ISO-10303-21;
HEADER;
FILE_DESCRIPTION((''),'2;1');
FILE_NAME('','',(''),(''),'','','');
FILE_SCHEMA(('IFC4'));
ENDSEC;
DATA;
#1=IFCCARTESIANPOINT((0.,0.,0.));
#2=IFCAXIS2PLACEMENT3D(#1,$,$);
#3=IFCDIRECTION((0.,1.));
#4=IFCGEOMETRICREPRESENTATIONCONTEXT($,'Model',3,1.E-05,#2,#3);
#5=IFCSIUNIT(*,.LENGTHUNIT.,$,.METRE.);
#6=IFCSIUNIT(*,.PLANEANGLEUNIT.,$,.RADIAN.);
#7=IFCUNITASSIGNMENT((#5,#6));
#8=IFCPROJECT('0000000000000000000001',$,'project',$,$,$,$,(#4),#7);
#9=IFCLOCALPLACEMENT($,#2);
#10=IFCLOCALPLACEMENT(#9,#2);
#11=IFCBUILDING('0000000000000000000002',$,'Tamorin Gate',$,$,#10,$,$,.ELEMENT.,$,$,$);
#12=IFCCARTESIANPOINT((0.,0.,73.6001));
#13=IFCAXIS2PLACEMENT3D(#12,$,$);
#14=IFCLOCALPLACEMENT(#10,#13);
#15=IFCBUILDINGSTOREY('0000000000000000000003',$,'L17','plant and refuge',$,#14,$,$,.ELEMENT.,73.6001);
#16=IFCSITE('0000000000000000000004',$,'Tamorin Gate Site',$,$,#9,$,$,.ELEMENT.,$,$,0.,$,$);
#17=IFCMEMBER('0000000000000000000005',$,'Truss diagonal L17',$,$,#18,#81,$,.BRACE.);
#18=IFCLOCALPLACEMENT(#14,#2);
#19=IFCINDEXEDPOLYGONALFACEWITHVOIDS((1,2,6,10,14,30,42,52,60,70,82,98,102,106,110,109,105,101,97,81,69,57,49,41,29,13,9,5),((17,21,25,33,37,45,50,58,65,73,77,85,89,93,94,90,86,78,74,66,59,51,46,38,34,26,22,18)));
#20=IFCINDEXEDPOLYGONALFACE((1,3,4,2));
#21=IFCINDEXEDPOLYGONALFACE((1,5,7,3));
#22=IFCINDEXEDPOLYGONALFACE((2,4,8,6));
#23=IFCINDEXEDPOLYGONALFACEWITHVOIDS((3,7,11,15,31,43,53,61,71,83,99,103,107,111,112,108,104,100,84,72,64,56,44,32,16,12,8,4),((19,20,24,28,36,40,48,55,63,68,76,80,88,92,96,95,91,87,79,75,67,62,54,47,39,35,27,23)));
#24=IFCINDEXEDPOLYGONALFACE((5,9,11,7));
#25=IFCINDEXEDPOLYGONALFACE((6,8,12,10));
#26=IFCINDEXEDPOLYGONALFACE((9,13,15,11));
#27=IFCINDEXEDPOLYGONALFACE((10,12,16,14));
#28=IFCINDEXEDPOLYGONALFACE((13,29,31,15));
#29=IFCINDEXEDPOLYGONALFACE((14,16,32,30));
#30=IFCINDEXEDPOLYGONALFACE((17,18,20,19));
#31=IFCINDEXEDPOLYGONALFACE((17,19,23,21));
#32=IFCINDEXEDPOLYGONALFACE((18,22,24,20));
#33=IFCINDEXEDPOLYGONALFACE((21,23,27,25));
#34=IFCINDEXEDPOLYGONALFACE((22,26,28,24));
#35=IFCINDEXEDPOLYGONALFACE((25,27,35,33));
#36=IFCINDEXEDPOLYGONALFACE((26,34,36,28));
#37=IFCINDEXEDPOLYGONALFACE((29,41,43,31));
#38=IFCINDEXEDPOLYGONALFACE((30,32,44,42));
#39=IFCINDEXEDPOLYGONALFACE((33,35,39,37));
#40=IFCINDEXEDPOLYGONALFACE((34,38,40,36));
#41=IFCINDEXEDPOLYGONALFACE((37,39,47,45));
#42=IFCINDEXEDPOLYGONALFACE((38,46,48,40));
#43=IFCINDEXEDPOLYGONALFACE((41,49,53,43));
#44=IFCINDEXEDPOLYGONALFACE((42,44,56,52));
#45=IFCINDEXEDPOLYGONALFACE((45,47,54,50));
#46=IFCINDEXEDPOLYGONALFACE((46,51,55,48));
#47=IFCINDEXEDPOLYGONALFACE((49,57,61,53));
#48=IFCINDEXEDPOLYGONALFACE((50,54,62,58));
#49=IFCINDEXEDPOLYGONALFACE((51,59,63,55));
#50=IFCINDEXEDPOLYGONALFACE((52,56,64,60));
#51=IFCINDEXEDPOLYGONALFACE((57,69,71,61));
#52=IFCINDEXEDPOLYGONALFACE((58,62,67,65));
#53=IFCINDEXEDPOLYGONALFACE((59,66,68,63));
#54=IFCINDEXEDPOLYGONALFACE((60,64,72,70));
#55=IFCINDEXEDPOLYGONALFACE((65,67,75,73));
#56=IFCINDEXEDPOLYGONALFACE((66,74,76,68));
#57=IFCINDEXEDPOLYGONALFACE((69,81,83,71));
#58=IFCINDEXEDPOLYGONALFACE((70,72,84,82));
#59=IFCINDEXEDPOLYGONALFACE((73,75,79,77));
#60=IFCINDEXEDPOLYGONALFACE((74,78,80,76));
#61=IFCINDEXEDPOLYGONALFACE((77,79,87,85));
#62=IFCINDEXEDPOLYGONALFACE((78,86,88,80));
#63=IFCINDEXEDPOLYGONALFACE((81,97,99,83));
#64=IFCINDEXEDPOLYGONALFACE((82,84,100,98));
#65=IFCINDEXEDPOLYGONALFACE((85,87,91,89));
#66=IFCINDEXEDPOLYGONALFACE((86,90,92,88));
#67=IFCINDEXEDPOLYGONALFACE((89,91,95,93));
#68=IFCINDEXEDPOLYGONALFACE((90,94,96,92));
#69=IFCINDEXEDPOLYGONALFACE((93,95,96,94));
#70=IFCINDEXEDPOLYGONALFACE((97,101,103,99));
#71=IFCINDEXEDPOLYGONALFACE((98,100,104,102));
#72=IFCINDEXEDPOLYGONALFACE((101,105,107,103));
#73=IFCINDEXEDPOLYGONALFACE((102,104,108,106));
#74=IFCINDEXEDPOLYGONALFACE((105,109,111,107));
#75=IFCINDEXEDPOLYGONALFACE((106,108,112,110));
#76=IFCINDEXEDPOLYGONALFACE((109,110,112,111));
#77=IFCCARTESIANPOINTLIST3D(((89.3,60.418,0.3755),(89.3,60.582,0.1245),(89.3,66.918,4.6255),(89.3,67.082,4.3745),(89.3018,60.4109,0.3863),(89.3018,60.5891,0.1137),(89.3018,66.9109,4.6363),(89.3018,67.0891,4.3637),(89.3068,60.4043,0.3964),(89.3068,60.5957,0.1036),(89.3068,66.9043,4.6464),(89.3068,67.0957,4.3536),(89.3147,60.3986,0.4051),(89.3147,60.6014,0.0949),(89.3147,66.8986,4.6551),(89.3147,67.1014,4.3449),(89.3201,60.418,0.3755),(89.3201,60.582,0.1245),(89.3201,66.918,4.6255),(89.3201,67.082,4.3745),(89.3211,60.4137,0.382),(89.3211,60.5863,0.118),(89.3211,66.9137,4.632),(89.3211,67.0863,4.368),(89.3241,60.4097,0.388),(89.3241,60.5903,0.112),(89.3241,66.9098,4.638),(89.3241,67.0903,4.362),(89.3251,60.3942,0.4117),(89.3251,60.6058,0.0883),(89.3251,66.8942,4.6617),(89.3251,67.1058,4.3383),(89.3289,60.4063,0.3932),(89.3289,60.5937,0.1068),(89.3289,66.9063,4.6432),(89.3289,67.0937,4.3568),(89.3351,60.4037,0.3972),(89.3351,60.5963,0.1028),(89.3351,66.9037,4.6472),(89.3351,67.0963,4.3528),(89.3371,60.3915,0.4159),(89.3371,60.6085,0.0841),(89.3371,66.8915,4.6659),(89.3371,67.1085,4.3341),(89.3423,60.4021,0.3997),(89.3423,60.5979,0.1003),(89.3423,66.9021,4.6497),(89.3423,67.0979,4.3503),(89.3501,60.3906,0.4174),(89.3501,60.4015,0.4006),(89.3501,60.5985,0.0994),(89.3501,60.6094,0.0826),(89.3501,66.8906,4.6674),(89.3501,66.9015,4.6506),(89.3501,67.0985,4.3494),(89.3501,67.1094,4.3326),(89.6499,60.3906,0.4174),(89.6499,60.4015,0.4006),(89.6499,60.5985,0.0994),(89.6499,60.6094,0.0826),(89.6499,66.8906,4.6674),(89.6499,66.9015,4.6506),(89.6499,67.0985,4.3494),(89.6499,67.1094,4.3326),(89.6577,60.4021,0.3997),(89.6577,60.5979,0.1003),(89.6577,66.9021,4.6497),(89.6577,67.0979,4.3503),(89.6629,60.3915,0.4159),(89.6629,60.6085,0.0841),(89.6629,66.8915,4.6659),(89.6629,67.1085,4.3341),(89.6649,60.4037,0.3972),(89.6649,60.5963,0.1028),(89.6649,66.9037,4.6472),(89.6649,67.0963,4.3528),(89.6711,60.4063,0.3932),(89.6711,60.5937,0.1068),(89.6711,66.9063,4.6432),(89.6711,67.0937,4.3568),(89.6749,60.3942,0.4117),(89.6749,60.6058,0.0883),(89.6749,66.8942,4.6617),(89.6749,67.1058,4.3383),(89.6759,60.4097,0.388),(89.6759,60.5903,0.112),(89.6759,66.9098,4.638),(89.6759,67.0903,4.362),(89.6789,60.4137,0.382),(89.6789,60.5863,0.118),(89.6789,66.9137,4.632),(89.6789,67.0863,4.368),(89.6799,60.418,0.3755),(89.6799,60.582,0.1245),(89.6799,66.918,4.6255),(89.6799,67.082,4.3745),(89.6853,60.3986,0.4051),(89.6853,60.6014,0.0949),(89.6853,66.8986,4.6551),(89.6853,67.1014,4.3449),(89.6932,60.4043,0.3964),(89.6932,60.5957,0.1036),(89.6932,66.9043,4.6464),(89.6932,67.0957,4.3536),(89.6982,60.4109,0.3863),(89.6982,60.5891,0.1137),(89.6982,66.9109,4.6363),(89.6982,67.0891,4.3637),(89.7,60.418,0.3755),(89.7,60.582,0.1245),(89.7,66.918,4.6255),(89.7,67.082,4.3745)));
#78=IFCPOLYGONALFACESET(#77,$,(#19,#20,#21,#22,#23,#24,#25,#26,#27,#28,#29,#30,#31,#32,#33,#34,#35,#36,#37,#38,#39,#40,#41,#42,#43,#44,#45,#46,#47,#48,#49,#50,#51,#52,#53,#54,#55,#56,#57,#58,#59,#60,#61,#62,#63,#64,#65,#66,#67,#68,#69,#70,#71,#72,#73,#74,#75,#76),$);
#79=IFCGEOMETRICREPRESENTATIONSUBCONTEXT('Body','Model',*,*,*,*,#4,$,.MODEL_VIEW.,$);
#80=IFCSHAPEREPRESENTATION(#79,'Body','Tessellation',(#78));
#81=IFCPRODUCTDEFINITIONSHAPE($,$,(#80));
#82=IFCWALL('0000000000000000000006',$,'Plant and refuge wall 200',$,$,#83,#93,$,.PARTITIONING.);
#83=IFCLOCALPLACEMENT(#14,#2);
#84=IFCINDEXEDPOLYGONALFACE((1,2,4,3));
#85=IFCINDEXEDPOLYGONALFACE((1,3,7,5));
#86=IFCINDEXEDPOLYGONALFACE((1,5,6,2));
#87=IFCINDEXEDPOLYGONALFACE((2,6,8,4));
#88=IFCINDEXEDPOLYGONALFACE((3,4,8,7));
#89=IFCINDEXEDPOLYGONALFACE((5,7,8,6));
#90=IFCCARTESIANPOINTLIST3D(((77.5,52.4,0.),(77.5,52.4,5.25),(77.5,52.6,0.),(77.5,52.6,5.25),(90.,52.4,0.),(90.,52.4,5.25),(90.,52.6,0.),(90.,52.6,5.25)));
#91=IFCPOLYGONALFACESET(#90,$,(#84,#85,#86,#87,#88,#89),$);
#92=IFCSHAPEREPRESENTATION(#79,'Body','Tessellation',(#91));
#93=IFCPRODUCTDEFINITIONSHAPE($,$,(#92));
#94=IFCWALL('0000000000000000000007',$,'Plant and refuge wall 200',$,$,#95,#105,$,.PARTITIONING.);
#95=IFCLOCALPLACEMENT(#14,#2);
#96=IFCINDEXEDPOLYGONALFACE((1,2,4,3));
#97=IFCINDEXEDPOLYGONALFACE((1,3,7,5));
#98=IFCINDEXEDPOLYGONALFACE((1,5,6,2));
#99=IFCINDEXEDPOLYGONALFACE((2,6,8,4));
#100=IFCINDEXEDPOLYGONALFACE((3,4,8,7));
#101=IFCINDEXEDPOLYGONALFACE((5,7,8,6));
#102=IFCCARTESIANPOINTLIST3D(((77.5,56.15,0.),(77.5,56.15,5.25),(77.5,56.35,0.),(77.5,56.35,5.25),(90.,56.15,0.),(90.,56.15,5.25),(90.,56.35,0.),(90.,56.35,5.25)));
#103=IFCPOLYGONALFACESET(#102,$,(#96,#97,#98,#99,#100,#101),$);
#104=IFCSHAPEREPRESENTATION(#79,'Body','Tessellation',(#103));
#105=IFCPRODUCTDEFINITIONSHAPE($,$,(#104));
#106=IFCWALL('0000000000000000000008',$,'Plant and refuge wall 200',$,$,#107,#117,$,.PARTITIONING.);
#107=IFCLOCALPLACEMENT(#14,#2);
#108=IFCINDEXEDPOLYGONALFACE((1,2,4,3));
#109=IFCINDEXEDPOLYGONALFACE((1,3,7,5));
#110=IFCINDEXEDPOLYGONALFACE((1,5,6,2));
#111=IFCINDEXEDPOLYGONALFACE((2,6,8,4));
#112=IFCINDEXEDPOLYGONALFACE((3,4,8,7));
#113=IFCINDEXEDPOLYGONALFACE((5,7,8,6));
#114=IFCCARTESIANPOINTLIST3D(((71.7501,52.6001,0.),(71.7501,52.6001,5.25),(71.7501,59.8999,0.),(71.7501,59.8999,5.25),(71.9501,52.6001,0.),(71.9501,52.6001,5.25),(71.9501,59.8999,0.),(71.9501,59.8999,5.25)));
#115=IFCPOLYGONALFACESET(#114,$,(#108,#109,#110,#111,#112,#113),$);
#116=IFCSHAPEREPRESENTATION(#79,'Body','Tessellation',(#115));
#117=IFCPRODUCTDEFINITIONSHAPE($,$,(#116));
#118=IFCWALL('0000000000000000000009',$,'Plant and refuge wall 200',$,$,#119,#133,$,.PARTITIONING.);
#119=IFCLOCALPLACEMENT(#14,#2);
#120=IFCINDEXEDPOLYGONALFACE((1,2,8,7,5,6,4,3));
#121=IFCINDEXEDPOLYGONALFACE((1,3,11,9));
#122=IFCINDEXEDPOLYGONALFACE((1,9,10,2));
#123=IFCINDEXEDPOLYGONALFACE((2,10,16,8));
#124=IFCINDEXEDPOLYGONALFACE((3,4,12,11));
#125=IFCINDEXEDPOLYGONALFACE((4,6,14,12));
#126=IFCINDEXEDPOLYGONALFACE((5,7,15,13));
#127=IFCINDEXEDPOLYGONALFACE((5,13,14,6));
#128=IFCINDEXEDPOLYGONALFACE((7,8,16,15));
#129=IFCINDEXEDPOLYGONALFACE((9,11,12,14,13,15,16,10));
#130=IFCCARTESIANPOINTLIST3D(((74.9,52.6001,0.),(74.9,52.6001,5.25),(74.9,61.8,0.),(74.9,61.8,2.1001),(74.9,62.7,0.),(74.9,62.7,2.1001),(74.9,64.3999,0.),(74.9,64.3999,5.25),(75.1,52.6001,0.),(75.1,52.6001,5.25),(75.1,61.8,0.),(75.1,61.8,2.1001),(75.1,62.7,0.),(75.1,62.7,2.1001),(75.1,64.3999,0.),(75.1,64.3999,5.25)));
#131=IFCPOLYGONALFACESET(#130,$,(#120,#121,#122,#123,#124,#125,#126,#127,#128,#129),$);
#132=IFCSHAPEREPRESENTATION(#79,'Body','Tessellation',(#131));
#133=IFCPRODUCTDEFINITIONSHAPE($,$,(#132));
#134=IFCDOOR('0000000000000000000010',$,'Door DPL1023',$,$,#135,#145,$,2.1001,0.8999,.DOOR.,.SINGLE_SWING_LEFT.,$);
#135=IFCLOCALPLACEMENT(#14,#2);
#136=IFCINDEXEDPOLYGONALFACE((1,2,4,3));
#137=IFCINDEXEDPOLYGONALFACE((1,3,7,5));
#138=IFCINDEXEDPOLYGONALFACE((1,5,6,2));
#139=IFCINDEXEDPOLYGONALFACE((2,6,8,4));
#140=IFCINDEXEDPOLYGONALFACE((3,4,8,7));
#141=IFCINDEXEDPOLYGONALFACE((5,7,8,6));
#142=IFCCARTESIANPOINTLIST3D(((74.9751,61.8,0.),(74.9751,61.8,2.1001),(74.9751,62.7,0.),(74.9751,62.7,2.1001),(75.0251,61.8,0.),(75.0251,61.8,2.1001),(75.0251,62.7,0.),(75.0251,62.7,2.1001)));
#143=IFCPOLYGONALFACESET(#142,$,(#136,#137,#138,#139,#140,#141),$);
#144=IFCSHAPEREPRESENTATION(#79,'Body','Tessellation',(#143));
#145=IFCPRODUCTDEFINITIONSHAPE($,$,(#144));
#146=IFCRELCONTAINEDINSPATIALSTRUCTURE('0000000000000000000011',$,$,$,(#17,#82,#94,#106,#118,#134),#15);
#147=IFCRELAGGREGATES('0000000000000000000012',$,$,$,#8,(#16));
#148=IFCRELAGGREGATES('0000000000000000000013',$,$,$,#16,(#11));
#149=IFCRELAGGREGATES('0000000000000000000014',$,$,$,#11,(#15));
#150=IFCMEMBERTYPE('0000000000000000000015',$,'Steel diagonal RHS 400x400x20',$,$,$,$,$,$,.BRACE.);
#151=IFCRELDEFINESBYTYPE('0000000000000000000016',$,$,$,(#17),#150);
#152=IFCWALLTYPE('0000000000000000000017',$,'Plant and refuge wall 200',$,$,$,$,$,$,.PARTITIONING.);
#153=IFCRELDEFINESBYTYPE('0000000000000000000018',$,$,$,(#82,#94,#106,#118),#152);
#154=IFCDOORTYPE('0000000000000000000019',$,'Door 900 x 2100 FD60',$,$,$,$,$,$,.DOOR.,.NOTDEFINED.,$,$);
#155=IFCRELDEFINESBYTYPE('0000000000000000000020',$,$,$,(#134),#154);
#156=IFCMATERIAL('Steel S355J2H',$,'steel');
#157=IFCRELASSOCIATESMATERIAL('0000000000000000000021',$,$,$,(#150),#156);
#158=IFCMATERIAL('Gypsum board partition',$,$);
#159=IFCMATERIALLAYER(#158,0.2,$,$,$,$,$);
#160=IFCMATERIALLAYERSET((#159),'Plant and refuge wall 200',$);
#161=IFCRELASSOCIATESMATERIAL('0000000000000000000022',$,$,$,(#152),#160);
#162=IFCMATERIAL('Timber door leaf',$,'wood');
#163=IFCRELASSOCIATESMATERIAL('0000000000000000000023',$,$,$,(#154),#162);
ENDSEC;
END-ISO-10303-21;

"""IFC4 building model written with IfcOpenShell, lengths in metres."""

from ifc_helpers import new_model, si_unit, direction, frame, frame_2d, origin, origin_2d, place, context, subcontext, project, spatial, rectangle, hollow_rectangle, extrude, material, layer, layer_set, material_profile, profile_set, type_object, element, fill, save


model = new_model("IFC4")

# Units and contexts
model_context = context("Model", 3, precision=1e-05, world=origin(), true_north=direction((0.0, 1.0)))
body_context = subcontext(model_context, "Body", "Model", "MODEL_VIEW")
ifc_project = project(units=[si_unit("LENGTHUNIT", "METRE"), si_unit("PLANEANGLEUNIT", "RADIAN")], contexts=[model_context])

# Site, building, storey
site_placement = place(None, origin())
site = spatial("IfcSite", under=ifc_project, at=site_placement, Name="Tamorin Gate Site", CompositionType="ELEMENT", RefElevation=0.0)
building_placement = place(site_placement, origin())
building = spatial("IfcBuilding", under=site, at=building_placement, Name="Tamorin Gate", CompositionType="ELEMENT")
storey_placement = place(building_placement, frame((0.0, 0.0, 73.6001)))
storey = spatial("IfcBuildingStorey", under=building, at=storey_placement, Name="L17", Description="plant and refuge", CompositionType="ELEMENT", Elevation=73.6001)

# Member
ifc_material_1 = material(Name="Steel S355J2H", Category="steel")
ifc_material_profile_1 = material_profile(ifc_material_1, hollow_rectangle(XDim=0.3999, YDim=0.3999, WallThickness=0.02, InnerFilletRadius=0.03, OuterFilletRadius=0.05, at=origin_2d()), Name="RHS 400x400x20")
ifc_profile_set_1 = profile_set([ifc_material_profile_1], Name="Steel S355J2H")
member_type_1 = type_object("IfcMemberType", Name="Steel diagonal RHS 400x400x20", PredefinedType="BRACE", material=ifc_profile_set_1)
for number, where, z_axis, x_axis, name in (
    (1, (89.5, 60.5, 0.25), (0.0, 0.83697, 0.547249), (-1.0, 0.0, 0.0), "Truss diagonal L17"),
):
    element("IfcMember", number, at=place(storey_placement, frame(where, z_axis=z_axis, x_axis=x_axis)), inside=storey, type_object=member_type_1, Name=name, PredefinedType="BRACE", context=body_context, shape_type="SweptSolid", body=[
        extrude(hollow_rectangle(XDim=0.3999, YDim=0.3999, WallThickness=0.02, InnerFilletRadius=0.03, OuterFilletRadius=0.05, at=origin_2d()), origin(), (0.0, 0.0, 1.0), 7.7661),
    ])

# Walls
ifc_material_2 = material(Name="Gypsum board partition")
ifc_layer = layer(ifc_material_2, 0.2)
ifc_layer_set = layer_set([ifc_layer], Name="Plant and refuge wall 200")
wall_type = type_object("IfcWallType", Name="Plant and refuge wall 200", PredefinedType="PARTITIONING", material=ifc_layer_set)
for number, where, z_axis, x_axis, name in (
    (2, (77.5, 52.5, 0.0), (0.0, 0.0, 1.0), (1.0, 0.0, 0.0), "Plant and refuge wall 200"),
    (3, (77.5, 56.25, 0.0), (0.0, 0.0, 1.0), (1.0, 0.0, 0.0), "Plant and refuge wall 200"),
):
    element("IfcWall", number, at=place(storey_placement, frame(where, z_axis=z_axis, x_axis=x_axis)), inside=storey, type_object=wall_type, Name=name, PredefinedType="PARTITIONING", context=body_context, shape_type="SweptSolid", body=[
        extrude(rectangle(XDim=12.5, YDim=0.2, at=frame_2d((6.25, 0.0))), origin(), (0.0, 0.0, 1.0), 5.25),
    ])
wall_1_placement = place(storey_placement, frame((71.8501, 52.6001, 0.0), z_axis=(0.0, 0.0, 1.0), x_axis=(0.0, 1.0, 0.0)))
element("IfcWall", 4, at=wall_1_placement, inside=storey, type_object=wall_type, Name="Plant and refuge wall 200", PredefinedType="PARTITIONING", context=body_context, shape_type="SweptSolid", body=[
    extrude(rectangle(XDim=7.2998, YDim=0.2, at=frame_2d((3.6499, 0.0))), origin(), (0.0, 0.0, 1.0), 5.25),
])

# Wall, opening, door
wall_2_placement = place(storey_placement, frame((75.0, 52.6001, 0.0), z_axis=(0.0, 0.0, 1.0), x_axis=(0.0, 1.0, 0.0)))
wall_2 = element("IfcWall", 5, at=wall_2_placement, inside=storey, type_object=wall_type, Name="Plant and refuge wall 200", PredefinedType="PARTITIONING", context=body_context, shape_type="SweptSolid", body=[
    extrude(rectangle(XDim=11.7998, YDim=0.2, at=frame_2d((5.8999, 0.0))), origin(), (0.0, 0.0, 1.0), 5.25),
])
opening_1_placement = place(wall_2_placement, frame((9.2, 0.0, 0.0)))
opening_1 = element("IfcOpeningElement", 6, at=opening_1_placement, cuts=wall_2, PredefinedType="OPENING", context=body_context, shape_type="SweptSolid", body=[
    extrude(rectangle(XDim=0.8999, YDim=2.1001, at=frame_2d((0.45, 1.05))), frame((0.0, 0.1099, 0.0), z_axis=(0.0, -1.0, 0.0), x_axis=(1.0, 0.0, 0.0)), (0.0, 0.0, 1.0), 0.22),
])
ifc_material_3 = material(Name="Timber door leaf", Category="wood")
door_type_1 = type_object("IfcDoorType", Name="Door 900 x 2100 FD60", OperationType="NOTDEFINED", PredefinedType="DOOR", material=ifc_material_3)
door_1_placement = place(opening_1_placement, origin())
door_1 = element("IfcDoor", 7, at=door_1_placement, inside=storey, type_object=door_type_1, Name="Door DPL1023", OperationType="SINGLE_SWING_LEFT", OverallHeight=2.1001, OverallWidth=0.8999, PredefinedType="DOOR", context=body_context, shape_type="SweptSolid", body=[
    extrude(rectangle(XDim=0.8999, YDim=2.1001, at=frame_2d((0.45, 1.05))), frame((0.0, 0.0249, 0.0), z_axis=(0.0, -1.0, 0.0), x_axis=(1.0, 0.0, 0.0)), (0.0, 0.0, 1.0), 0.05),
])
fill(opening_1, door_1)

save(model, "model.ifc")
